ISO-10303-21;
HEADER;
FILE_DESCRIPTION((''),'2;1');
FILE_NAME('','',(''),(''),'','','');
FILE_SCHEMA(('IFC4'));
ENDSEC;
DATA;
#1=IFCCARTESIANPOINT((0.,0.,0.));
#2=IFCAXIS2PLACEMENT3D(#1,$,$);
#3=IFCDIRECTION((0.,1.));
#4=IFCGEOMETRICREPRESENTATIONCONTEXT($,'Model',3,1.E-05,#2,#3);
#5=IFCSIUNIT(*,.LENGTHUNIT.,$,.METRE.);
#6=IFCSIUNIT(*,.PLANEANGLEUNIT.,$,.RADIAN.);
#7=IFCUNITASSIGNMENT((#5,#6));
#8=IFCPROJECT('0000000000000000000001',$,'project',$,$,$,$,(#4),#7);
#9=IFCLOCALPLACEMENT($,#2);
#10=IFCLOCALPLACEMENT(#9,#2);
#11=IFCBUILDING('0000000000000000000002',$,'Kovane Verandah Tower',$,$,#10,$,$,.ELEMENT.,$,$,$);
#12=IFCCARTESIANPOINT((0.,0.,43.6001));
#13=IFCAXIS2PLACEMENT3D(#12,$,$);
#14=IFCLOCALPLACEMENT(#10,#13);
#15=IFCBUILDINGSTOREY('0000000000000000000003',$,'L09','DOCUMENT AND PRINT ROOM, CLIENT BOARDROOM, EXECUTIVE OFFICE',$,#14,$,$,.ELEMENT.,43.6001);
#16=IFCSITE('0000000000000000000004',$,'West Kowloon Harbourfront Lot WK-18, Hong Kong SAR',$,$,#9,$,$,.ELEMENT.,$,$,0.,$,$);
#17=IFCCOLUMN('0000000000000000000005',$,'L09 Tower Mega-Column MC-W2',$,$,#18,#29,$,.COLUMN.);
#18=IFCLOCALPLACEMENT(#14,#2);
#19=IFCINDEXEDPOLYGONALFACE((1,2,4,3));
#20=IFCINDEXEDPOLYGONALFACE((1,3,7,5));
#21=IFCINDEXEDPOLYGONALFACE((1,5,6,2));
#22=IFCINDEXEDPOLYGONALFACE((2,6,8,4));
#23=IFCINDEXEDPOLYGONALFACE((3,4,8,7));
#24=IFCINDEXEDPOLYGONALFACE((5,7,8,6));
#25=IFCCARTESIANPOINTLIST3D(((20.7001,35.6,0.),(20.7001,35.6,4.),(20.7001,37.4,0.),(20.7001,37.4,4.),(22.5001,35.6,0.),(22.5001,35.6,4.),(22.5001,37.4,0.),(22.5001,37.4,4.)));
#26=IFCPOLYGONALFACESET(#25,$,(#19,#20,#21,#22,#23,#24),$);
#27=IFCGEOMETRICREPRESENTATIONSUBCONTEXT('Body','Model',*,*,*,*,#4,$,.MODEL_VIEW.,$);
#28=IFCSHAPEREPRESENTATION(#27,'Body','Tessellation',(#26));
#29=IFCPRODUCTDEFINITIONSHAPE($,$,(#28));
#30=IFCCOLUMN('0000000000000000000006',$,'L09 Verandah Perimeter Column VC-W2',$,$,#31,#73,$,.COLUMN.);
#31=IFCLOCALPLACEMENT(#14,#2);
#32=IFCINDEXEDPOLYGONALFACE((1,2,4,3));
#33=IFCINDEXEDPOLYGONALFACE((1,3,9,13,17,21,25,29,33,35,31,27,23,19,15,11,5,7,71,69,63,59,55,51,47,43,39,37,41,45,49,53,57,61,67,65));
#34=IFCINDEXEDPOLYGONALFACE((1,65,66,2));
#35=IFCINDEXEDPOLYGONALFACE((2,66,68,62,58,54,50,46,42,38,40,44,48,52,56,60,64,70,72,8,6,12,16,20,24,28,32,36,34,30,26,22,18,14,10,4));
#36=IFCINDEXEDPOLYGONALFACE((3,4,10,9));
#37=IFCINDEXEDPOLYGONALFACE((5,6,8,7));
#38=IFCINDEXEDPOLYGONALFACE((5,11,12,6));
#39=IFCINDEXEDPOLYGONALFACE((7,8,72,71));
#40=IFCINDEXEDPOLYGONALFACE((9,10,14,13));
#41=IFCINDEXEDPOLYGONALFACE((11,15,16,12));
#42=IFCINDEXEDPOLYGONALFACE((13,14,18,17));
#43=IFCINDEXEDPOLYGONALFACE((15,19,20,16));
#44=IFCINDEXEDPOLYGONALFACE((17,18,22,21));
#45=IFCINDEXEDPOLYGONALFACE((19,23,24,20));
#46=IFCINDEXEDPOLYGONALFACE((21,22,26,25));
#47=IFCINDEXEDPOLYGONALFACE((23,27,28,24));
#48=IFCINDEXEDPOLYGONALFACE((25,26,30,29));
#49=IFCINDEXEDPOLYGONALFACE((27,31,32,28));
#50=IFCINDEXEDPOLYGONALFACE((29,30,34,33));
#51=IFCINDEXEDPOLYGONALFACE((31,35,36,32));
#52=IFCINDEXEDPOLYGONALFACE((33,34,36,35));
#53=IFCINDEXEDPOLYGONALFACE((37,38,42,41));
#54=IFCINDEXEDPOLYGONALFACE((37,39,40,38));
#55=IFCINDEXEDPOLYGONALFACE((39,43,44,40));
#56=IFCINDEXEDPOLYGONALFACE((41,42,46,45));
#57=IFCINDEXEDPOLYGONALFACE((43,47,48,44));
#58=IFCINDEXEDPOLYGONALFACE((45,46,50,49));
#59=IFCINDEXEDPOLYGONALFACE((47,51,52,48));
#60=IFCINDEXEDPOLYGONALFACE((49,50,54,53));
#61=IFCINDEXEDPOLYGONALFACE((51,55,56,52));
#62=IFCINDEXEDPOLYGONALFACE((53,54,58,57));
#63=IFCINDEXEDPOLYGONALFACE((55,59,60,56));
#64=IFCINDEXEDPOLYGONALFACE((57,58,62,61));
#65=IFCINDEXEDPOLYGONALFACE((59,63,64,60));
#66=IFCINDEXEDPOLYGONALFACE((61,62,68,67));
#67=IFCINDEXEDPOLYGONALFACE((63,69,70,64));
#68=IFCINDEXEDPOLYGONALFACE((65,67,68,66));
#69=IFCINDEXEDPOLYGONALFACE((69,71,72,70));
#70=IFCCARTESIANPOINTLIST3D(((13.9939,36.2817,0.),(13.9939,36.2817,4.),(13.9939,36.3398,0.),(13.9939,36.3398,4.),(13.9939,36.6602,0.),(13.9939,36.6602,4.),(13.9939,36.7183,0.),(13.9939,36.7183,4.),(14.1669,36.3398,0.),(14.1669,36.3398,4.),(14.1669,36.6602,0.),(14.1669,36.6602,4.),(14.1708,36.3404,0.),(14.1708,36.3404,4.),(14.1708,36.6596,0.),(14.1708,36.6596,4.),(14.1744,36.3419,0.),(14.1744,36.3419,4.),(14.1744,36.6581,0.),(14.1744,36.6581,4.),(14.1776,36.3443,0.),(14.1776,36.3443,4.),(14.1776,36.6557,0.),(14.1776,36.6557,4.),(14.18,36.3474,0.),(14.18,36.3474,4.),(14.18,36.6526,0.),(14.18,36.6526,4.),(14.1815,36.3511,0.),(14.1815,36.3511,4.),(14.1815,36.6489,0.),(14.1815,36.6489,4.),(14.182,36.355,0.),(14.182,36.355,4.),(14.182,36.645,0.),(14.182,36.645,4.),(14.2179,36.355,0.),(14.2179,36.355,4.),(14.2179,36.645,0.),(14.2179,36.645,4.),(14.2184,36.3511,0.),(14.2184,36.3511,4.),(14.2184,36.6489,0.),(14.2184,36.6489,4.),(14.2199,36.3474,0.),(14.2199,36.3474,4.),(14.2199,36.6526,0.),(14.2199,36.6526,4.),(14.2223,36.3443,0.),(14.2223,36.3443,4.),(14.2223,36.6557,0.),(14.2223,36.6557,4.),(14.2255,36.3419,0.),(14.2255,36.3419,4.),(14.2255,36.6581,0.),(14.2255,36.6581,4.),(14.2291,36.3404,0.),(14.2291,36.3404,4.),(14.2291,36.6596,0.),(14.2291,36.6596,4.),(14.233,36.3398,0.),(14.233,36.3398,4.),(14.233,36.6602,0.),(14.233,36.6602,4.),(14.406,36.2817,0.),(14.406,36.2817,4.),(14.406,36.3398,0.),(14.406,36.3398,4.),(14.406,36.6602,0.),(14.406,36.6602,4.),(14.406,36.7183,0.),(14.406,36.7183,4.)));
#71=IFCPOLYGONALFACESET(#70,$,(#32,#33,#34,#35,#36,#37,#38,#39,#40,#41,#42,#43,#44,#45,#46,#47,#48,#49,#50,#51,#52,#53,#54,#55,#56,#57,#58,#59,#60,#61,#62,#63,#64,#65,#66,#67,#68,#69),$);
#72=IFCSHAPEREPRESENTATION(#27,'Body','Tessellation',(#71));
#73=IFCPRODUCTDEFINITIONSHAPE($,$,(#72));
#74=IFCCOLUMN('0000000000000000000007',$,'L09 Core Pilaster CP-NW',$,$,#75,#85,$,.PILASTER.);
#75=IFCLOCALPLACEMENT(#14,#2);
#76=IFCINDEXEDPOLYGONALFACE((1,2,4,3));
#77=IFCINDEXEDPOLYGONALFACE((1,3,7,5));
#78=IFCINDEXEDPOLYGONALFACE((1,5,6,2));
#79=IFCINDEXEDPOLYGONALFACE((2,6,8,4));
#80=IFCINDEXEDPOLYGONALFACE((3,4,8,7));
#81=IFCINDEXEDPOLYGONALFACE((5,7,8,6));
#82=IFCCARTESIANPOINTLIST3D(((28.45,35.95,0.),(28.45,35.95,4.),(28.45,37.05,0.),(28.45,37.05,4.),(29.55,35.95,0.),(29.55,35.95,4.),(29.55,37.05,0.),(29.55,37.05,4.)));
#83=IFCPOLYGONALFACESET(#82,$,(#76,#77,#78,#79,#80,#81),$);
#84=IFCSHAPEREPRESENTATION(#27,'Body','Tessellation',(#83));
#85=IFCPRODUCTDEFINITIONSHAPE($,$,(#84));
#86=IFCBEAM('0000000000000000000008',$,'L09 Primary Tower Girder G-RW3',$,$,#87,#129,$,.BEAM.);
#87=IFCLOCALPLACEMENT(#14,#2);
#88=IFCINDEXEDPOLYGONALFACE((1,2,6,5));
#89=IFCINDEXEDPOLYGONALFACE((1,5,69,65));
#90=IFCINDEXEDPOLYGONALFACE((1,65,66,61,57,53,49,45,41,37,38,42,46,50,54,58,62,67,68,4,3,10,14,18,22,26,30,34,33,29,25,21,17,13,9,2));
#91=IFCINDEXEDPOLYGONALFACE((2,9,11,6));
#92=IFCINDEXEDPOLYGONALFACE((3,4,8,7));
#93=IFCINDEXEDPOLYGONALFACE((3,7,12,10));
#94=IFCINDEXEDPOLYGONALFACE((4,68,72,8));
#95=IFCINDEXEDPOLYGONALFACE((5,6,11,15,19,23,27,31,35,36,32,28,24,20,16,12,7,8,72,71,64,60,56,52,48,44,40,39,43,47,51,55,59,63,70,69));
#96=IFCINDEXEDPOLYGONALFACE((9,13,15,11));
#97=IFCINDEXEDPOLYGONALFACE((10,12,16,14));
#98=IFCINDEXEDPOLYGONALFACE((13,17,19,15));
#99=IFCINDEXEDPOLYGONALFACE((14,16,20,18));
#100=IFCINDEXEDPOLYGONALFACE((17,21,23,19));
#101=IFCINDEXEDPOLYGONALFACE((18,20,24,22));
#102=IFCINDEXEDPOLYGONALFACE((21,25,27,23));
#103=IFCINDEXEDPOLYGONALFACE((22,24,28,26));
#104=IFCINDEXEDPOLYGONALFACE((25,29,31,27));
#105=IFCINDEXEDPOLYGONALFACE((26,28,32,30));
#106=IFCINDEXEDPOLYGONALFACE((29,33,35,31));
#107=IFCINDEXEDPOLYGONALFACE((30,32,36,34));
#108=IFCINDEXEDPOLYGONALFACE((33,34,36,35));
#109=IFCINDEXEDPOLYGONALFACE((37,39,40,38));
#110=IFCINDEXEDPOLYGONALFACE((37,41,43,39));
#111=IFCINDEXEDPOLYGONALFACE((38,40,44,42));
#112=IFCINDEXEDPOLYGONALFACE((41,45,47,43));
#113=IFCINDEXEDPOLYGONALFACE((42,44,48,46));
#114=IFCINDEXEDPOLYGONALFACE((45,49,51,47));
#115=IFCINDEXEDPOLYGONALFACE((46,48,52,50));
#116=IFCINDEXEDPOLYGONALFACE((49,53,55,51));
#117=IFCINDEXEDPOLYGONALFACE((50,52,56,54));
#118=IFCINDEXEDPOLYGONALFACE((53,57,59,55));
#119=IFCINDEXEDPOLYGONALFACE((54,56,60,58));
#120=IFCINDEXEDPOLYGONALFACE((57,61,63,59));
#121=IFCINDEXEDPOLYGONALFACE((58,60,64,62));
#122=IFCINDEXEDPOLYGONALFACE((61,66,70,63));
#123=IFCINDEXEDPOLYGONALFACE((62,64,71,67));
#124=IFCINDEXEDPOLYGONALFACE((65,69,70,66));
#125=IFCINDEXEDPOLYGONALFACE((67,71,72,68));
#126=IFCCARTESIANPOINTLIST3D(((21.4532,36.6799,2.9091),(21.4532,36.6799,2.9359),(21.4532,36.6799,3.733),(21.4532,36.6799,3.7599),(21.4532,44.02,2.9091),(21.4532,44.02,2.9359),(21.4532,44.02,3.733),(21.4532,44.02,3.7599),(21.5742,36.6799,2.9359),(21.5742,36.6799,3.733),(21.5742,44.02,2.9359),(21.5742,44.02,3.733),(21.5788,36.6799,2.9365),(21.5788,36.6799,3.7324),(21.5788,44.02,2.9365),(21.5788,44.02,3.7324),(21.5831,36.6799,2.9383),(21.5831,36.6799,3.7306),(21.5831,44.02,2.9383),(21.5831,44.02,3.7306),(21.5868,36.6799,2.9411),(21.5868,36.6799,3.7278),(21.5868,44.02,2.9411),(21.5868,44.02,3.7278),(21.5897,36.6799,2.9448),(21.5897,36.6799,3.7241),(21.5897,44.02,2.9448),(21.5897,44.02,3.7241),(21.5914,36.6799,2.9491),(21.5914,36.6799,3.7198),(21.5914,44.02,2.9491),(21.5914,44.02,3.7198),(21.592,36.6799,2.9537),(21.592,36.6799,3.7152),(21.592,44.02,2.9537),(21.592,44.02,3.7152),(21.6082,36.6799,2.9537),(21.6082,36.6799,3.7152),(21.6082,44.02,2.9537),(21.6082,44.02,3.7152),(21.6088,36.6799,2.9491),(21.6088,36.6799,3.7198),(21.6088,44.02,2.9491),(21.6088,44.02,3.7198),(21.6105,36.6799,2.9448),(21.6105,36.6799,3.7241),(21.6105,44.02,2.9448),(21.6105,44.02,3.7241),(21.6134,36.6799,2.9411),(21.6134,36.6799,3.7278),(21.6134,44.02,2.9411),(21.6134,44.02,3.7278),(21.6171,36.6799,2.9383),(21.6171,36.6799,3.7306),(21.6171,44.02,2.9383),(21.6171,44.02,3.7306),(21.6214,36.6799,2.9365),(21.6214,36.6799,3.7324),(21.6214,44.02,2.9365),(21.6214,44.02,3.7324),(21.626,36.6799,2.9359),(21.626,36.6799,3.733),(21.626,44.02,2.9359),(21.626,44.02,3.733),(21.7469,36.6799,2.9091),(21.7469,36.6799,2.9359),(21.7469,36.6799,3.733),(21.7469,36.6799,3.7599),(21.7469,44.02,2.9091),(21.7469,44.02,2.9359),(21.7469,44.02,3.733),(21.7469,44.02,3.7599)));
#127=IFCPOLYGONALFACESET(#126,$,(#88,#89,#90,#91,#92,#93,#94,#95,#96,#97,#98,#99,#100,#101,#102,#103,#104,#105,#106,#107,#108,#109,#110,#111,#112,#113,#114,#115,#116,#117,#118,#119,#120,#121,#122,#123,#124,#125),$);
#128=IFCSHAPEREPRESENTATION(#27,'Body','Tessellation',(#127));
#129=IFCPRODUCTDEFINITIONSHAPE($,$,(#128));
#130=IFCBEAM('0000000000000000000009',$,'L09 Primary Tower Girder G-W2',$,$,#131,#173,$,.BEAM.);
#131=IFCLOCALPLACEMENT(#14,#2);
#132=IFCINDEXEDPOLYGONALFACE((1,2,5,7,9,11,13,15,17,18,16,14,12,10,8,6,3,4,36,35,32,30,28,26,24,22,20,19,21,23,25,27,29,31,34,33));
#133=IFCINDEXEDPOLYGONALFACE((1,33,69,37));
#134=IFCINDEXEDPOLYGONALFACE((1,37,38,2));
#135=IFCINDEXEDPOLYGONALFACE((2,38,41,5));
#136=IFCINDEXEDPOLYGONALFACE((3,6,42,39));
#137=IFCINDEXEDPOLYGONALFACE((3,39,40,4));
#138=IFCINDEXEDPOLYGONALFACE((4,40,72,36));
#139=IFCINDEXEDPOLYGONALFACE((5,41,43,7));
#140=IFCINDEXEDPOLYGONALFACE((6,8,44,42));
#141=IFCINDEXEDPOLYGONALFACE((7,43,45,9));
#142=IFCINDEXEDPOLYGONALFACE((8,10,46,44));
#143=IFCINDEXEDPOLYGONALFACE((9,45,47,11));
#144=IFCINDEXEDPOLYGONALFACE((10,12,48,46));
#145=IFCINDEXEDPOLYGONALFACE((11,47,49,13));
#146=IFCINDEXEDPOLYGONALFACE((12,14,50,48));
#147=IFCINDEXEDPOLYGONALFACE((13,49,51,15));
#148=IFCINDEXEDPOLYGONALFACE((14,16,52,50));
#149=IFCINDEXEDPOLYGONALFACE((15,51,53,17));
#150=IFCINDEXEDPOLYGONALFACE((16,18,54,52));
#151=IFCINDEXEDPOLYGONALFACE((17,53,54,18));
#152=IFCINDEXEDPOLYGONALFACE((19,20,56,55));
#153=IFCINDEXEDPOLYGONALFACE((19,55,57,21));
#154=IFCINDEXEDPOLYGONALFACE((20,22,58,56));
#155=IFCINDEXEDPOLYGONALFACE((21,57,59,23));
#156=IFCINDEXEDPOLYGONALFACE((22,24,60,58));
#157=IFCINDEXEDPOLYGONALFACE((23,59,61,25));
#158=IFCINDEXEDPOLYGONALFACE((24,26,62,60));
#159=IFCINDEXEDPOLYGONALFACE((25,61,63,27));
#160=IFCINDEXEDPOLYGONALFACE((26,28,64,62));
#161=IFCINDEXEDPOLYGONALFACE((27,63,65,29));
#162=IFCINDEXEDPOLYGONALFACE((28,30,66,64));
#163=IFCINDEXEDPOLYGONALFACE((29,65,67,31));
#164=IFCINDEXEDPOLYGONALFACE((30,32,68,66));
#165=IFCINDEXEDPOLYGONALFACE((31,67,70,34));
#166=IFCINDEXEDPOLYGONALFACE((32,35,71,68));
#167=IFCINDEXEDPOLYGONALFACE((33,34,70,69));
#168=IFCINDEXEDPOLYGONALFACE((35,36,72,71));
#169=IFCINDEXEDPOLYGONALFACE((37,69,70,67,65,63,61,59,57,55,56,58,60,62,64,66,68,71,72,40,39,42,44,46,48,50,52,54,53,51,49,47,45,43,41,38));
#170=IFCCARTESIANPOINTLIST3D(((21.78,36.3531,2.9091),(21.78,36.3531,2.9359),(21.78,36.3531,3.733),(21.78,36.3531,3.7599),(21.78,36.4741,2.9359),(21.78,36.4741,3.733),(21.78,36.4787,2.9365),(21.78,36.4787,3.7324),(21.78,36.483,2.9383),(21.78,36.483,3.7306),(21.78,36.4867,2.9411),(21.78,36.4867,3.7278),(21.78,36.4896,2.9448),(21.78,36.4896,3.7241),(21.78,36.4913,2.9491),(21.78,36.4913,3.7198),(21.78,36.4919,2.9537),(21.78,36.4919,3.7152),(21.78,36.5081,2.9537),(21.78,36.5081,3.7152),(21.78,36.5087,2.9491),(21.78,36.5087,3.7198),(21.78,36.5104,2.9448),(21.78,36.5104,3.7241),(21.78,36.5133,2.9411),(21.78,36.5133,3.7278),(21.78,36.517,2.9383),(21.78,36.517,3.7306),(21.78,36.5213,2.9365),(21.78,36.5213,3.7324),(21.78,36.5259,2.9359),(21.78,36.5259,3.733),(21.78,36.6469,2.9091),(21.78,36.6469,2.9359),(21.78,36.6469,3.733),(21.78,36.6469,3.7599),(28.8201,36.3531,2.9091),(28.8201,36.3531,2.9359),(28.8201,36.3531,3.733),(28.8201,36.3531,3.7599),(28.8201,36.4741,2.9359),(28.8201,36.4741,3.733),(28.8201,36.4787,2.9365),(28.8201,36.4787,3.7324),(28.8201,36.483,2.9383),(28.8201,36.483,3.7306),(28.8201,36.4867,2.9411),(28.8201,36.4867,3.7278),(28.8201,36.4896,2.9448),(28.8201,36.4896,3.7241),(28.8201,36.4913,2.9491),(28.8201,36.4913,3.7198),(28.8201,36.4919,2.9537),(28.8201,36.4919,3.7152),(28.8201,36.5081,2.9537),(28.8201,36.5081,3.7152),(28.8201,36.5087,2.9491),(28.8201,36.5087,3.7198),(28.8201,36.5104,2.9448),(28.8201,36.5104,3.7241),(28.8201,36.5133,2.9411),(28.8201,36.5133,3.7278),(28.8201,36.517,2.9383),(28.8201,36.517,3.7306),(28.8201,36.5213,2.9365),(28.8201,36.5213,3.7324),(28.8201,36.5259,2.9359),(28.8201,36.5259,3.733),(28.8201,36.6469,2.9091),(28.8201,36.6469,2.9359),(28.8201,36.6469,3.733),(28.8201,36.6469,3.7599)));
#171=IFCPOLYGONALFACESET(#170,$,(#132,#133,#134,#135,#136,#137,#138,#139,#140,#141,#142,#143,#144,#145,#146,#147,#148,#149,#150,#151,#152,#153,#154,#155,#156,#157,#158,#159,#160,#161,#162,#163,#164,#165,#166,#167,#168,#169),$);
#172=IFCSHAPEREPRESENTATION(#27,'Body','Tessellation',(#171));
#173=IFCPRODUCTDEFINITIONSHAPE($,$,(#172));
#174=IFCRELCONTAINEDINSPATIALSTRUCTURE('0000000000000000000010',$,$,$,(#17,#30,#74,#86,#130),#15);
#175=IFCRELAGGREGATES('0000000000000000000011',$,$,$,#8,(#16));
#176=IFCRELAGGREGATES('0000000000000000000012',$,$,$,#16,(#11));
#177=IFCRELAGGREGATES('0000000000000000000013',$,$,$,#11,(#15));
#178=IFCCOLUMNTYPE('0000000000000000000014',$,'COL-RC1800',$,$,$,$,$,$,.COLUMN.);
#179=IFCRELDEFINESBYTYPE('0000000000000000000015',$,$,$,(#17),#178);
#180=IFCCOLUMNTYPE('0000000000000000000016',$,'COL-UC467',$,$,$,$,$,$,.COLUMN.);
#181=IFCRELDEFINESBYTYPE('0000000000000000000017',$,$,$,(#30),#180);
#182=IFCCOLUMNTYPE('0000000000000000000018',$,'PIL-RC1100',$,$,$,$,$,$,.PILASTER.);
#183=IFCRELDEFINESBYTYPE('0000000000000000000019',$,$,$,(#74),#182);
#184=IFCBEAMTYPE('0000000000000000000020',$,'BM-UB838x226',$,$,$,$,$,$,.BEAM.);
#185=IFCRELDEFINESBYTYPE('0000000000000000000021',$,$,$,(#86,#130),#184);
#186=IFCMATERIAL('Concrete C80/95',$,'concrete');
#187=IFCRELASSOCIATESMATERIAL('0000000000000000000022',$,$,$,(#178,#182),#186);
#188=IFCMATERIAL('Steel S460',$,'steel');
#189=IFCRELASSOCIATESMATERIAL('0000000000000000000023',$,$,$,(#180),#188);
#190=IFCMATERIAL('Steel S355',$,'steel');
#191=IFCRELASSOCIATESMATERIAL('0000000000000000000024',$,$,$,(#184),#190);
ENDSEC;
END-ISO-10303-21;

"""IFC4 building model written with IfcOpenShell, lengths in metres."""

from ifc_helpers import new_model, si_unit, direction, frame, origin, origin_2d, place, context, subcontext, project, spatial, rectangle, i_section, extrude, material, material_profile, profile_set, type_object, element, save


model = new_model("IFC4")

# Units and contexts
model_context = context("Model", 3, precision=1e-05, world=origin(), true_north=direction((0.0, 1.0)))
body_context = subcontext(model_context, "Body", "Model", "MODEL_VIEW")
ifc_project = project(units=[si_unit("LENGTHUNIT", "METRE"), si_unit("PLANEANGLEUNIT", "RADIAN")], contexts=[model_context])

# Site, building, storey
site_placement = place(None, origin())
site = spatial("IfcSite", under=ifc_project, at=site_placement, Name="West Kowloon Harbourfront Lot WK-18, Hong Kong SAR", CompositionType="ELEMENT", RefElevation=0.0)
building_placement = place(site_placement, origin())
building = spatial("IfcBuilding", under=site, at=building_placement, Name="Kovane Verandah Tower", CompositionType="ELEMENT")
storey_placement = place(building_placement, frame((0.0, 0.0, 43.6001)))
storey = spatial("IfcBuildingStorey", under=building, at=storey_placement, Name="L09", Description="DOCUMENT AND PRINT ROOM, CLIENT BOARDROOM, EXECUTIVE OFFICE", CompositionType="ELEMENT", Elevation=43.6001)

# Columns
ifc_material_1 = material(Name="Concrete C80/95", Category="concrete")
ifc_material_profile_1 = material_profile(ifc_material_1, rectangle(XDim=1.8, YDim=1.8, at=origin_2d()), Name="RC1800x1800")
ifc_profile_set_1 = profile_set([ifc_material_profile_1], Name="Concrete C80/95")
column_type_1 = type_object("IfcColumnType", Name="COL-RC1800", PredefinedType="COLUMN", material=ifc_profile_set_1)
column_1_placement = place(storey_placement, frame((21.6001, 36.5, 0.0), z_axis=(0.0, 0.0, 1.0), x_axis=(1.0, 0.0, 0.0)))
element("IfcColumn", 1, at=column_1_placement, inside=storey, type_object=column_type_1, Name="L09 Tower Mega-Column MC-W2", PredefinedType="COLUMN", context=body_context, shape_type="SweptSolid", body=[
    extrude(rectangle(XDim=1.8, YDim=1.8, at=origin_2d()), origin(), (0.0, 0.0, 1.0), 4.0),
])
ifc_material_2 = material(Name="Steel S460", Category="steel")
ifc_material_profile_2 = material_profile(ifc_material_2, i_section(OverallWidth=0.4121, OverallDepth=0.4365, WebThickness=0.0359, FlangeThickness=0.0581, FilletRadius=0.0151, at=origin_2d()), Name="UC356x406x467")
ifc_profile_set_2 = profile_set([ifc_material_profile_2], Name="Steel S460")
column_type_2 = type_object("IfcColumnType", Name="COL-UC467", PredefinedType="COLUMN", material=ifc_profile_set_2)
column_2_placement = place(storey_placement, frame((14.2, 36.5, 0.0), z_axis=(0.0, 0.0, 1.0), x_axis=(1.0, 0.0, 0.0)))
element("IfcColumn", 2, at=column_2_placement, inside=storey, type_object=column_type_2, Name="L09 Verandah Perimeter Column VC-W2", PredefinedType="COLUMN", context=body_context, shape_type="SweptSolid", body=[
    extrude(i_section(OverallWidth=0.4121, OverallDepth=0.4365, WebThickness=0.0359, FlangeThickness=0.0581, FilletRadius=0.0151, at=origin_2d()), origin(), (0.0, 0.0, 1.0), 4.0),
])
ifc_material_profile_3 = material_profile(ifc_material_1, rectangle(XDim=1.1001, YDim=1.1001, at=origin_2d()), Name="RC1100x1100")
ifc_profile_set_3 = profile_set([ifc_material_profile_3], Name="Concrete C80/95")
column_type_3 = type_object("IfcColumnType", Name="PIL-RC1100", PredefinedType="PILASTER", material=ifc_profile_set_3)
column_3_placement = place(storey_placement, frame((29.0, 36.5, 0.0), z_axis=(0.0, 0.0, 1.0), x_axis=(1.0, 0.0, 0.0)))
element("IfcColumn", 3, at=column_3_placement, inside=storey, type_object=column_type_3, Name="L09 Core Pilaster CP-NW", PredefinedType="PILASTER", context=body_context, shape_type="SweptSolid", body=[
    extrude(rectangle(XDim=1.1001, YDim=1.1001, at=origin_2d()), origin(), (0.0, 0.0, 1.0), 4.0),
])

# Beams
ifc_material_3 = material(Name="Steel S355", Category="steel")
ifc_material_profile_4 = material_profile(ifc_material_3, i_section(OverallWidth=0.2937, OverallDepth=0.8508, WebThickness=0.0161, FlangeThickness=0.0269, FilletRadius=0.0178, at=origin_2d()), Name="UB838x292x226")
ifc_profile_set_4 = profile_set([ifc_material_profile_4], Name="Steel S355")
beam_type_1 = type_object("IfcBeamType", Name="BM-UB838x226", PredefinedType="BEAM", material=ifc_profile_set_4)
beam_1_placement = place(storey_placement, frame((21.6001, 36.6799, 3.3345), z_axis=(0.0, 1.0, 0.0), x_axis=(-1.0, 0.0, 0.0)))
element("IfcBeam", 4, at=beam_1_placement, inside=storey, type_object=beam_type_1, Name="L09 Primary Tower Girder G-RW3", PredefinedType="BEAM", context=body_context, shape_type="SweptSolid", body=[
    extrude(i_section(OverallWidth=0.2937, OverallDepth=0.8508, WebThickness=0.0161, FlangeThickness=0.0269, FilletRadius=0.0178, at=origin_2d()), origin(), (0.0, 0.0, 1.0), 7.3401),
])
beam_2_placement = place(storey_placement, frame((28.8201, 36.5, 3.3345), z_axis=(-1.0, 0.0, 0.0), x_axis=(0.0, -1.0, 0.0)))
element("IfcBeam", 5, at=beam_2_placement, inside=storey, type_object=beam_type_1, Name="L09 Primary Tower Girder G-W2", PredefinedType="BEAM", context=body_context, shape_type="SweptSolid", body=[
    extrude(i_section(OverallWidth=0.2937, OverallDepth=0.8508, WebThickness=0.0161, FlangeThickness=0.0269, FilletRadius=0.0178, at=origin_2d()), origin(), (0.0, 0.0, 1.0), 7.04),
])

save(model, "model.ifc")
